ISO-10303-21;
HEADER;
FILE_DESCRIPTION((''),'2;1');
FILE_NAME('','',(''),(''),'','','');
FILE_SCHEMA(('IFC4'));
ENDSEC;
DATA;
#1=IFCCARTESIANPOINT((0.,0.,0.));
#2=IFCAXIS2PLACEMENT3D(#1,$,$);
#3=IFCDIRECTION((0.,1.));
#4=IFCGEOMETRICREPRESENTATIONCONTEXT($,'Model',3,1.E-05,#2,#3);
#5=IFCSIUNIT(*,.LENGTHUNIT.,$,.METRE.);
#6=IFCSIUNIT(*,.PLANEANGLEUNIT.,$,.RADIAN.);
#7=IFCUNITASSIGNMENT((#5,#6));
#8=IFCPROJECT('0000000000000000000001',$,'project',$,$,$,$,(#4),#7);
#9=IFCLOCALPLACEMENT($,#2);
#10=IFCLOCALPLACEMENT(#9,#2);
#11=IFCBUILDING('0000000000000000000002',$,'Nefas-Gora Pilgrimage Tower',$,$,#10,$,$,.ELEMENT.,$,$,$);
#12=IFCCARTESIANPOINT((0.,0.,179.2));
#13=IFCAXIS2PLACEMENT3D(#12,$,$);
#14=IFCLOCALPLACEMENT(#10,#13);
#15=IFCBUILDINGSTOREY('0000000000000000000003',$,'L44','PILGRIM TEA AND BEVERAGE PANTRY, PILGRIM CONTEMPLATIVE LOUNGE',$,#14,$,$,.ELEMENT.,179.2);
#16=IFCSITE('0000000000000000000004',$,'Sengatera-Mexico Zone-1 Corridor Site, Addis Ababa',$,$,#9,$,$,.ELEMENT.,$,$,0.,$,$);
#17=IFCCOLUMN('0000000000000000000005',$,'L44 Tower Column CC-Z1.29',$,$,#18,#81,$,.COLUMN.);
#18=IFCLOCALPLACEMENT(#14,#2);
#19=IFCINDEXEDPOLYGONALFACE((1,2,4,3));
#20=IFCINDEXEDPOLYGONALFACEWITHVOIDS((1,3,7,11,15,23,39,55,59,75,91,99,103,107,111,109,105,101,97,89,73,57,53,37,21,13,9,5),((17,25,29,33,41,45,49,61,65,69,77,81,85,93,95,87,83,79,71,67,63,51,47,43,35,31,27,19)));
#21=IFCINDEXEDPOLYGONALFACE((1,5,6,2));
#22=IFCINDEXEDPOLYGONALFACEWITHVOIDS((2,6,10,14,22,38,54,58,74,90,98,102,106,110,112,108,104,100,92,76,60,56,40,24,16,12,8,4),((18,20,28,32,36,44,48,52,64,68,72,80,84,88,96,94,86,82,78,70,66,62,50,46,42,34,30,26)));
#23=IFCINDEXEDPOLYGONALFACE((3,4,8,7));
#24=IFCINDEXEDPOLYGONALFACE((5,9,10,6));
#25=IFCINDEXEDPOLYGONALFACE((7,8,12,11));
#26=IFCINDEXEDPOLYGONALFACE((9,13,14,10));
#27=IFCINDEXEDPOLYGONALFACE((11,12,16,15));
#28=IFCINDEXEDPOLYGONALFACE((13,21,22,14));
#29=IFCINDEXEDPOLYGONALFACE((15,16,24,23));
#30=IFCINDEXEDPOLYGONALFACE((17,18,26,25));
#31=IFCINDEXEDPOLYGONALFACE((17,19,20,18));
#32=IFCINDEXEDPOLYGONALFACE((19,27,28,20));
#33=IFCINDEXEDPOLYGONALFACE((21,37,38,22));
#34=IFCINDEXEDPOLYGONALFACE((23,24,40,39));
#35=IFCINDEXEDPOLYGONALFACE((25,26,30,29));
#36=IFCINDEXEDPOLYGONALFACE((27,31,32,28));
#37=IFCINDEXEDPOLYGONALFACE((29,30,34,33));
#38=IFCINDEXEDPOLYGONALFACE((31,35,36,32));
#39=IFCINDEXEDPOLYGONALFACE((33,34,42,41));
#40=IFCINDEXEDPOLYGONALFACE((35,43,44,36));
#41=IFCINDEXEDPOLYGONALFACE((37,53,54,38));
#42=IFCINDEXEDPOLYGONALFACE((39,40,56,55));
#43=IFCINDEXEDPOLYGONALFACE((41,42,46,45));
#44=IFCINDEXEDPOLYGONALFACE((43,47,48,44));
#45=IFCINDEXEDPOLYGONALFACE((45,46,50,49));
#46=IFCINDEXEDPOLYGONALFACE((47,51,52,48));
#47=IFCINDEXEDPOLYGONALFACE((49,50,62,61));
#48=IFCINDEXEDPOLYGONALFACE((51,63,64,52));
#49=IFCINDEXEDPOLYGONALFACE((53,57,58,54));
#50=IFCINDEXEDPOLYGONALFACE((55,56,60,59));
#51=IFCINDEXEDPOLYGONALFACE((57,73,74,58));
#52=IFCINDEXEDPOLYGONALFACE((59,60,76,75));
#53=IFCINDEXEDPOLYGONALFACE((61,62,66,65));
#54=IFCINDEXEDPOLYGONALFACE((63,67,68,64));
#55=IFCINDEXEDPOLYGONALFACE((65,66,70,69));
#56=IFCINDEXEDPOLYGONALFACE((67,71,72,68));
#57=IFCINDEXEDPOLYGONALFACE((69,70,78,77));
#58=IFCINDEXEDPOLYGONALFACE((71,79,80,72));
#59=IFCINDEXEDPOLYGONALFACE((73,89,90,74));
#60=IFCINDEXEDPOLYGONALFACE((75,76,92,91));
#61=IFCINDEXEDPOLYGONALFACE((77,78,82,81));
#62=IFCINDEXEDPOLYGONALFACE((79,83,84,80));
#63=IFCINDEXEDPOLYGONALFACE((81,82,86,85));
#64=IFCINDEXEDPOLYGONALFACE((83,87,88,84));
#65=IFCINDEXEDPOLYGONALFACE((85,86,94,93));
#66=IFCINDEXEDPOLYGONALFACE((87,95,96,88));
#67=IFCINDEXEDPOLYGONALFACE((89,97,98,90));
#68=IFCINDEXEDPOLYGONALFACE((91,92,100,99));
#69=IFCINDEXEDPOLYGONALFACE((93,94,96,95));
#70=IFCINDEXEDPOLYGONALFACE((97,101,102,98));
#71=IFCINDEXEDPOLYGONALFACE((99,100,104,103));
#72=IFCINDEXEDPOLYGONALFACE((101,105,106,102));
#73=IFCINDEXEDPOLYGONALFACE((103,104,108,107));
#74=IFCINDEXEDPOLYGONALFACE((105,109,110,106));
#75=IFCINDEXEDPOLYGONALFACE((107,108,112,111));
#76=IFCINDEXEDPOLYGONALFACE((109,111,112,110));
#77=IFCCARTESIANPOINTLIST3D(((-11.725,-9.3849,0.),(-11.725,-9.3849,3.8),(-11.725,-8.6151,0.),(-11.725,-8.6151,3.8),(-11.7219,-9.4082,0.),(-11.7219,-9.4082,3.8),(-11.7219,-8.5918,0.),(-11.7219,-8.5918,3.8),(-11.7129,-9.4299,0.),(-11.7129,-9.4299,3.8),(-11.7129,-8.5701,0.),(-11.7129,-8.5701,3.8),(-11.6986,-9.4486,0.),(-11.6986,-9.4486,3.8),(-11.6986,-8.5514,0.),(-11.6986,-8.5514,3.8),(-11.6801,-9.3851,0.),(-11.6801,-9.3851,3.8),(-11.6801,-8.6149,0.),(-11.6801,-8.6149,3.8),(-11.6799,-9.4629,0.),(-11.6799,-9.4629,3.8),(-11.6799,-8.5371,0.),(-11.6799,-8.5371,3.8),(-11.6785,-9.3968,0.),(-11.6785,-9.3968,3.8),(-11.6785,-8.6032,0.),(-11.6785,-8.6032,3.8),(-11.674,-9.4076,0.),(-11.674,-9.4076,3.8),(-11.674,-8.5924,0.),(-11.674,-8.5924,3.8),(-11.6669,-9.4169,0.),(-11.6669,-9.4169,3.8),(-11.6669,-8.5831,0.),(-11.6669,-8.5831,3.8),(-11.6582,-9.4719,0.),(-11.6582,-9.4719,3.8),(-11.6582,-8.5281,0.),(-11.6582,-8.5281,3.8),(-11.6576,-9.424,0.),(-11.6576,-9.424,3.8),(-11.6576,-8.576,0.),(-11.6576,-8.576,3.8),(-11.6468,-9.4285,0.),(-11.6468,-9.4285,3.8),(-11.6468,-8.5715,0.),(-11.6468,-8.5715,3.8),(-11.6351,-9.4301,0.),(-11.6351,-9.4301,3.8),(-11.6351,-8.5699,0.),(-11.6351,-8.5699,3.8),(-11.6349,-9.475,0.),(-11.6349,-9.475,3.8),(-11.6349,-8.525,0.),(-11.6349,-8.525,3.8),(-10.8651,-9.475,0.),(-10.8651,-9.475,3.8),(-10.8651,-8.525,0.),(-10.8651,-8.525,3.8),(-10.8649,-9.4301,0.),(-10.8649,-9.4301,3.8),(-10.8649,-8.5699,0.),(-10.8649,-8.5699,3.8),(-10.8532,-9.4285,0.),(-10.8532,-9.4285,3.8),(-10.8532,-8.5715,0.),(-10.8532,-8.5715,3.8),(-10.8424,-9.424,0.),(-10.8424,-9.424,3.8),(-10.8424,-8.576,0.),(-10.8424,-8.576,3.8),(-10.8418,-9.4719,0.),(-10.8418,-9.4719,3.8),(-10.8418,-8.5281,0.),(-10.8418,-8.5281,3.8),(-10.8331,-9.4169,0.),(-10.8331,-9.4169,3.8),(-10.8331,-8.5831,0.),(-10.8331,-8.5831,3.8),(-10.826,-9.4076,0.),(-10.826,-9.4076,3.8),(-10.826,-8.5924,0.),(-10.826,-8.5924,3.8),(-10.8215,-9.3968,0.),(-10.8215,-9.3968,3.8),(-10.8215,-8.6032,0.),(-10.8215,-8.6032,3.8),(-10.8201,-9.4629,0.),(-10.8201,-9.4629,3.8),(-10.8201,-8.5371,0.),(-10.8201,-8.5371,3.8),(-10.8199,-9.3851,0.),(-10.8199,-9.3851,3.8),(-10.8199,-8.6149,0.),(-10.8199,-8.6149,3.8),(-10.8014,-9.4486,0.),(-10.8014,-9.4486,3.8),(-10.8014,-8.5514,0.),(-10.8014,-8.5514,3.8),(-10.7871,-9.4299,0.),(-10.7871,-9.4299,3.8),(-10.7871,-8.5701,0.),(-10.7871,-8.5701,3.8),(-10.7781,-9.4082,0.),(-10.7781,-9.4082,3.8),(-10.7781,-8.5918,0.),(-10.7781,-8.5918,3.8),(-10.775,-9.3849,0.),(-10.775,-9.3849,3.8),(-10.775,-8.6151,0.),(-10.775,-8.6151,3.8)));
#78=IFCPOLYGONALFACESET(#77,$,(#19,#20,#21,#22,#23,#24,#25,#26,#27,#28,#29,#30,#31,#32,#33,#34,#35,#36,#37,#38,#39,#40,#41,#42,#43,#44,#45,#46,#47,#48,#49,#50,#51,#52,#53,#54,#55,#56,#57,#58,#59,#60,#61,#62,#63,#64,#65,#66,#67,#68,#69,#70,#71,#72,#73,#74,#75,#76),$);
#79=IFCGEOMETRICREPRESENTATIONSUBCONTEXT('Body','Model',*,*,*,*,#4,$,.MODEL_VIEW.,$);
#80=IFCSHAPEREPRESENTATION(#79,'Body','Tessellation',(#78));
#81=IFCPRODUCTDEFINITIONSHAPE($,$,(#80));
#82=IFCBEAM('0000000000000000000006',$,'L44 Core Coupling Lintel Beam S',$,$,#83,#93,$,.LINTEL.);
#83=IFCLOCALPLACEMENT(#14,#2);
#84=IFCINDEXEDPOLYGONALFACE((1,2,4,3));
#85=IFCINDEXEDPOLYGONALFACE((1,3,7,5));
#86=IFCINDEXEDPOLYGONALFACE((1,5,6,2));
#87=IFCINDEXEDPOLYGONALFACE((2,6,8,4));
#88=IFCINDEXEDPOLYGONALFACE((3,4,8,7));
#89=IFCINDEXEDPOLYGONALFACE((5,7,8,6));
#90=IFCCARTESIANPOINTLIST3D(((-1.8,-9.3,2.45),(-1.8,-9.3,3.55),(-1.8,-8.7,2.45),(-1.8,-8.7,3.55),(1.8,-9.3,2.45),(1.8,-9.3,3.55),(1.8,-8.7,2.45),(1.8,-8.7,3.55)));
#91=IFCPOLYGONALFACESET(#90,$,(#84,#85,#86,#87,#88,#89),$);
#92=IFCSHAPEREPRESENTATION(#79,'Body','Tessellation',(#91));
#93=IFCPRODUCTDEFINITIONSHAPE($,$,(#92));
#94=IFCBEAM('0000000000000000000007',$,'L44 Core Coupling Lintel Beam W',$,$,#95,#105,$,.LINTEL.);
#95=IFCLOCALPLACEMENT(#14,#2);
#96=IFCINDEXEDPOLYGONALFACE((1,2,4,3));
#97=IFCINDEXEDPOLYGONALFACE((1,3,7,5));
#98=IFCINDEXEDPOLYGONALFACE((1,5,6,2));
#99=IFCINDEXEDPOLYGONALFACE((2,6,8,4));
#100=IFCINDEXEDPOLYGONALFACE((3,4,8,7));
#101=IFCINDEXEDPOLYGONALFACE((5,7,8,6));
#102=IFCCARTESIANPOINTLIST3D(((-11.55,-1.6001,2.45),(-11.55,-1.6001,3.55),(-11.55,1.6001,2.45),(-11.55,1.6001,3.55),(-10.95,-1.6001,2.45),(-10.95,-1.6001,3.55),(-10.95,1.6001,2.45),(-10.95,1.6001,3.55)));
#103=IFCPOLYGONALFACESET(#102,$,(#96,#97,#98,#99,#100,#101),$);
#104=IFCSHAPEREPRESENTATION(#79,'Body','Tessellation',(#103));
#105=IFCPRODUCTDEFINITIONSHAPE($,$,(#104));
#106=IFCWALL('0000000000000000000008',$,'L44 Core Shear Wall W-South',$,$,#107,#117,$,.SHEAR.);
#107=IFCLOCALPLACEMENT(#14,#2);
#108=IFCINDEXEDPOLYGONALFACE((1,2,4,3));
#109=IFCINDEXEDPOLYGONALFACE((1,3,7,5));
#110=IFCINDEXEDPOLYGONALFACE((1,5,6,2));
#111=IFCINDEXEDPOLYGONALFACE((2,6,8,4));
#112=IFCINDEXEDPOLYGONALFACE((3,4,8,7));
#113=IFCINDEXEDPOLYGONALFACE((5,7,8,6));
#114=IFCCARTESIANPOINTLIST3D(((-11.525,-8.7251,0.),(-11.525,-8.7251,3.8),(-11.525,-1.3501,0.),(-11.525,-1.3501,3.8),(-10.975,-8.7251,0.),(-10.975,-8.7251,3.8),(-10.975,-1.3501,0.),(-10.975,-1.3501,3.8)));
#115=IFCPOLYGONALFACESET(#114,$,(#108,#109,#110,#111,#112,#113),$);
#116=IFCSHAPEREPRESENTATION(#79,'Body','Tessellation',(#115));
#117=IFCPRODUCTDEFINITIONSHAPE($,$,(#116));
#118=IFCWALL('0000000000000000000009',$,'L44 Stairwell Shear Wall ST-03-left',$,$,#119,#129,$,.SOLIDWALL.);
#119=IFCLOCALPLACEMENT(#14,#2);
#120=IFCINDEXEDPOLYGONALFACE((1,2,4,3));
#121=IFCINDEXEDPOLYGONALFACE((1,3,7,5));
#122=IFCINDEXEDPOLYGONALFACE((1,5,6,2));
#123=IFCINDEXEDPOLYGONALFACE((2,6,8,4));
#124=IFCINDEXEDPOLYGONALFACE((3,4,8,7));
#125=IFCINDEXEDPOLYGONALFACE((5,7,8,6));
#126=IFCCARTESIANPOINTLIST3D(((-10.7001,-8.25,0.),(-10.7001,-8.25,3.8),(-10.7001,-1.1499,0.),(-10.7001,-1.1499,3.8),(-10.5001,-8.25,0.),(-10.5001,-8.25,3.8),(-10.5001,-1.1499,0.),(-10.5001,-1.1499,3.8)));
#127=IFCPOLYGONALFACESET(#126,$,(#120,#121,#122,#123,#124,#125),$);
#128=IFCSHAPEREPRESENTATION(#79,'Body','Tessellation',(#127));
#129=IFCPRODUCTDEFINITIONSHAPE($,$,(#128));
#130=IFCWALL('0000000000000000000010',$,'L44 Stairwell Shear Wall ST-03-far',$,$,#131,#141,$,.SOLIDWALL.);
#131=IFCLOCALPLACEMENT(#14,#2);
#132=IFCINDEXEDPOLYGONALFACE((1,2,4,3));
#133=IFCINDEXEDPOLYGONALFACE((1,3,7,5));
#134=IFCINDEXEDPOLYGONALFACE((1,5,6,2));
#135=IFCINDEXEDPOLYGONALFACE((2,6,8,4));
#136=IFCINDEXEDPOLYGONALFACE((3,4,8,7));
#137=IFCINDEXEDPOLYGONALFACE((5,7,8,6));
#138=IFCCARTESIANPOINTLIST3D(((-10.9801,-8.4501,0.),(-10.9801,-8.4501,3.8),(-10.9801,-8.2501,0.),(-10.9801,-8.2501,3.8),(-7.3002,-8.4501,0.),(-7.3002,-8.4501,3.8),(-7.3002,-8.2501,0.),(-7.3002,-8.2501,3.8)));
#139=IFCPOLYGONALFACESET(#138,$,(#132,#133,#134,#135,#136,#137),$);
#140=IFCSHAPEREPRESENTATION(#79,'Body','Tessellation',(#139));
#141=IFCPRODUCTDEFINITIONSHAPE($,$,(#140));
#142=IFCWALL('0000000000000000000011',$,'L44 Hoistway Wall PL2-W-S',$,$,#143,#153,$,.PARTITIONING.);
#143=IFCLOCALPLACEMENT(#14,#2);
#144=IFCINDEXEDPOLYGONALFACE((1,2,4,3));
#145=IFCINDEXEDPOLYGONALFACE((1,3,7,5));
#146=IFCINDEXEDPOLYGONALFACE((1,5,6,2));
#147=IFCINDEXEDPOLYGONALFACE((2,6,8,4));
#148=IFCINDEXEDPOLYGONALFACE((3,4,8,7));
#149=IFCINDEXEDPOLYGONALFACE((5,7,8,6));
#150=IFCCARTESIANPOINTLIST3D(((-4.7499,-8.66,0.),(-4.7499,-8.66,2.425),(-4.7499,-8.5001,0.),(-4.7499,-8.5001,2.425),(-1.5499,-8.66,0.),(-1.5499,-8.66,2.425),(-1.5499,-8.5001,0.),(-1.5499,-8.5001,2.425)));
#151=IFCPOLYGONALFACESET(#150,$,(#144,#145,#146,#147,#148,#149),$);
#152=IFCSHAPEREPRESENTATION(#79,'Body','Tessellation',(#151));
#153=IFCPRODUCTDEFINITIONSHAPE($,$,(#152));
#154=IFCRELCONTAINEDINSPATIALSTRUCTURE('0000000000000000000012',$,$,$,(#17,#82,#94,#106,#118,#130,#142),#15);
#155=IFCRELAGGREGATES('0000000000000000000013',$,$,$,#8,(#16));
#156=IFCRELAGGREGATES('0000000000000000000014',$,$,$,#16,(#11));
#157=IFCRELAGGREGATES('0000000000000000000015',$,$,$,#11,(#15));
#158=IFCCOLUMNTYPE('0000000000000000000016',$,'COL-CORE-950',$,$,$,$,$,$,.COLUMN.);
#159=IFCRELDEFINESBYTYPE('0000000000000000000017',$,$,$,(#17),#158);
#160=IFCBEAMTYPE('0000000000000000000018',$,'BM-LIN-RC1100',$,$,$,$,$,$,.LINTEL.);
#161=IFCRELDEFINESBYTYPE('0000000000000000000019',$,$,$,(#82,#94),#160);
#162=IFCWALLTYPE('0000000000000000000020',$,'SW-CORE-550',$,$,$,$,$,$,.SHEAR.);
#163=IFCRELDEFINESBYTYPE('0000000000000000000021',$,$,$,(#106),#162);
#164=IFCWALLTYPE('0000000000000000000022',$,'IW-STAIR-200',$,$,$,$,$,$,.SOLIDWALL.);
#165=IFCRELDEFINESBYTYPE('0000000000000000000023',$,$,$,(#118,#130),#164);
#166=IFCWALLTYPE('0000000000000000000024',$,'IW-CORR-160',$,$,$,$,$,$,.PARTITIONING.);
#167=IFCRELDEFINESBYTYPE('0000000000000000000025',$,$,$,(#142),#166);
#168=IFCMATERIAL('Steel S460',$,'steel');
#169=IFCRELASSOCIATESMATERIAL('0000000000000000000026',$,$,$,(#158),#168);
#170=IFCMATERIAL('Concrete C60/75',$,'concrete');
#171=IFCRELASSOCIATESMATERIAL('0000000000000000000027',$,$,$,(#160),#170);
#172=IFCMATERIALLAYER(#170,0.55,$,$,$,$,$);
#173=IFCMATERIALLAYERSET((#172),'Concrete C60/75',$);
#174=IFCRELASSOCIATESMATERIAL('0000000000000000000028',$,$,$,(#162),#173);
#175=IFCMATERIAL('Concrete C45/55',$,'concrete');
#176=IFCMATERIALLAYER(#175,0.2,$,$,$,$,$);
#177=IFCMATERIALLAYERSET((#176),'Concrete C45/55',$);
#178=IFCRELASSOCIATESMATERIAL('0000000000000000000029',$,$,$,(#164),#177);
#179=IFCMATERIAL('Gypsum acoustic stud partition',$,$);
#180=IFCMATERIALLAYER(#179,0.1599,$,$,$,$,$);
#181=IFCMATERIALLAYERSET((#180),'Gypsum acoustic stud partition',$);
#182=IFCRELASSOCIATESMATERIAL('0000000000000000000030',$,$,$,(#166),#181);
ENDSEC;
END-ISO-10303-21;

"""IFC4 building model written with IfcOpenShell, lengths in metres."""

from ifc_helpers import new_model, si_unit, direction, frame, frame_2d, origin, origin_2d, place, context, subcontext, project, spatial, rectangle, hollow_rectangle, extrude, source, transform, mapped, material, layer, layer_set, material_profile, profile_set, type_object, element, save


model = new_model("IFC4")

# Units and contexts
model_context = context("Model", 3, precision=1e-05, world=origin(), true_north=direction((0.0, 1.0)))
body_context = subcontext(model_context, "Body", "Model", "MODEL_VIEW")
ifc_project = project(units=[si_unit("LENGTHUNIT", "METRE"), si_unit("PLANEANGLEUNIT", "RADIAN")], contexts=[model_context])

# Site, building, storey
site_placement = place(None, origin())
site = spatial("IfcSite", under=ifc_project, at=site_placement, Name="Sengatera-Mexico Zone-1 Corridor Site, Addis Ababa", CompositionType="ELEMENT", RefElevation=0.0)
building_placement = place(site_placement, origin())
building = spatial("IfcBuilding", under=site, at=building_placement, Name="Nefas-Gora Pilgrimage Tower", CompositionType="ELEMENT")
storey_placement = place(building_placement, frame((0.0, 0.0, 179.2)))
storey = spatial("IfcBuildingStorey", under=building, at=storey_placement, Name="L44", Description="PILGRIM TEA AND BEVERAGE PANTRY, PILGRIM CONTEMPLATIVE LOUNGE", CompositionType="ELEMENT", Elevation=179.2)

# Column
ifc_material_1 = material(Name="Steel S460", Category="steel")
ifc_material_profile_1 = material_profile(ifc_material_1, hollow_rectangle(XDim=0.95, YDim=0.95, WallThickness=0.0449, InnerFilletRadius=0.0449, OuterFilletRadius=0.0901, at=origin_2d()), Name="BOX 950x950x45")
ifc_profile_set_1 = profile_set([ifc_material_profile_1], Name="Steel S460")
column_type = type_object("IfcColumnType", Name="COL-CORE-950", PredefinedType="COLUMN", material=ifc_profile_set_1)
shared_shape_1 = source(origin(), body_context, "Body", "SweptSolid", [
    extrude(hollow_rectangle(XDim=0.95, YDim=0.95, WallThickness=0.0449, InnerFilletRadius=0.0449, OuterFilletRadius=0.0901, at=origin_2d()), origin(), (0.0, 0.0, 1.0), 3.8),
])
column_placement = place(storey_placement, frame((-11.25, -9.0, 0.0), z_axis=(0.0, 0.0, 1.0), x_axis=(1.0, 0.0, 0.0)))
element("IfcColumn", 1, at=column_placement, inside=storey, type_object=column_type, Name="L44 Tower Column CC-Z1.29", PredefinedType="COLUMN", context=body_context, shape_type="MappedRepresentation", body=[
    mapped(shared_shape_1, transform((0.0, 0.0, 0.0), x_axis=(1.0, 0.0, 0.0), y_axis=(0.0, 1.0, 0.0), z_axis=(0.0, 0.0, 1.0), scale=1.0)),
])

# Beams
ifc_material_2 = material(Name="Concrete C60/75", Category="concrete")
ifc_material_profile_2 = material_profile(ifc_material_2, rectangle(XDim=0.6001, YDim=1.1001, at=origin_2d()), Name="RC 600x1100")
ifc_profile_set_2 = profile_set([ifc_material_profile_2], Name="Concrete C60/75")
beam_type = type_object("IfcBeamType", Name="BM-LIN-RC1100", PredefinedType="LINTEL", material=ifc_profile_set_2)
shared_shape_2 = source(origin(), body_context, "Body", "SweptSolid", [
    extrude(rectangle(XDim=0.6001, YDim=1.1001, at=origin_2d()), origin(), (0.0, 0.0, 1.0), 3.6001),
])
beam_1_placement = place(storey_placement, frame((-1.8, -9.0, 3.0), z_axis=(1.0, 0.0, 0.0), x_axis=(0.0, 1.0, 0.0)))
element("IfcBeam", 2, at=beam_1_placement, inside=storey, type_object=beam_type, Name="L44 Core Coupling Lintel Beam S", PredefinedType="LINTEL", context=body_context, shape_type="MappedRepresentation", body=[
    mapped(shared_shape_2, transform((0.0, 0.0, 0.0), x_axis=(1.0, 0.0, 0.0), y_axis=(0.0, 1.0, 0.0), z_axis=(0.0, 0.0, 1.0), scale=1.0)),
])
shared_shape_3 = source(origin(), body_context, "Body", "SweptSolid", [
    extrude(rectangle(XDim=0.6001, YDim=1.1001, at=origin_2d()), origin(), (0.0, 0.0, 1.0), 3.2002),
])
beam_2_placement = place(storey_placement, frame((-11.25, -1.6001, 3.0), z_axis=(0.0, 1.0, 0.0), x_axis=(-1.0, 0.0, 0.0)))
element("IfcBeam", 3, at=beam_2_placement, inside=storey, type_object=beam_type, Name="L44 Core Coupling Lintel Beam W", PredefinedType="LINTEL", context=body_context, shape_type="MappedRepresentation", body=[
    mapped(shared_shape_3, transform((0.0, 0.0, 0.0), x_axis=(1.0, 0.0, 0.0), y_axis=(0.0, 1.0, 0.0), z_axis=(0.0, 0.0, 1.0), scale=1.0)),
])

# Walls
ifc_layer_1 = layer(ifc_material_2, 0.55)
ifc_layer_set_1 = layer_set([ifc_layer_1], Name="Concrete C60/75")
wall_type_1 = type_object("IfcWallType", Name="SW-CORE-550", PredefinedType="SHEAR", material=ifc_layer_set_1)
shared_shape_4 = source(origin(), body_context, "Body", "SweptSolid", [
    extrude(rectangle(XDim=7.375, YDim=0.55, at=frame_2d((3.6875, 0.0))), origin(), (0.0, 0.0, 1.0), 3.8),
])
wall_1_placement = place(storey_placement, frame((-11.25, -8.7251, 0.0), z_axis=(0.0, 0.0, 1.0), x_axis=(0.0, 1.0, 0.0)))
element("IfcWall", 4, at=wall_1_placement, inside=storey, type_object=wall_type_1, Name="L44 Core Shear Wall W-South", PredefinedType="SHEAR", context=body_context, shape_type="MappedRepresentation", body=[
    mapped(shared_shape_4, transform((0.0, 0.0, 0.0), x_axis=(1.0, 0.0, 0.0), y_axis=(0.0, 1.0, 0.0), z_axis=(0.0, 0.0, 1.0), scale=1.0)),
])
ifc_material_3 = material(Name="Concrete C45/55", Category="concrete")
ifc_layer_2 = layer(ifc_material_3, 0.2)
ifc_layer_set_2 = layer_set([ifc_layer_2], Name="Concrete C45/55")
wall_type_2 = type_object("IfcWallType", Name="IW-STAIR-200", PredefinedType="SOLIDWALL", material=ifc_layer_set_2)
shared_shape_5 = source(origin(), body_context, "Body", "SweptSolid", [
    extrude(rectangle(XDim=7.1001, YDim=0.2, at=frame_2d((3.55, 0.0))), origin(), (0.0, 0.0, 1.0), 3.8),
])
wall_2_placement = place(storey_placement, frame((-10.6001, -1.1499, 0.0), z_axis=(0.0, 0.0, 1.0), x_axis=(0.0, -1.0, 0.0)))
element("IfcWall", 5, at=wall_2_placement, inside=storey, type_object=wall_type_2, Name="L44 Stairwell Shear Wall ST-03-left", PredefinedType="SOLIDWALL", context=body_context, shape_type="MappedRepresentation", body=[
    mapped(shared_shape_5, transform((0.0, 0.0, 0.0), x_axis=(1.0, 0.0, 0.0), y_axis=(0.0, 1.0, 0.0), z_axis=(0.0, 0.0, 1.0), scale=1.0)),
])
shared_shape_6 = source(origin(), body_context, "Body", "SweptSolid", [
    extrude(rectangle(XDim=3.6799, YDim=0.2, at=frame_2d((1.8398, 0.0))), origin(), (0.0, 0.0, 1.0), 3.8),
])
wall_3_placement = place(storey_placement, frame((-10.98, -8.3501, 0.0), z_axis=(0.0, 0.0, 1.0), x_axis=(1.0, 0.0, 0.0)))
element("IfcWall", 6, at=wall_3_placement, inside=storey, type_object=wall_type_2, Name="L44 Stairwell Shear Wall ST-03-far", PredefinedType="SOLIDWALL", context=body_context, shape_type="MappedRepresentation", body=[
    mapped(shared_shape_6, transform((0.0, 0.0, 0.0), x_axis=(1.0, 0.0, 0.0), y_axis=(0.0, 1.0, 0.0), z_axis=(0.0, 0.0, 1.0), scale=1.0)),
])
ifc_material_4 = material(Name="Gypsum acoustic stud partition")
ifc_layer_3 = layer(ifc_material_4, 0.1599)
ifc_layer_set_3 = layer_set([ifc_layer_3], Name="Gypsum acoustic stud partition")
wall_type_3 = type_object("IfcWallType", Name="IW-CORR-160", PredefinedType="PARTITIONING", material=ifc_layer_set_3)
shared_shape_7 = source(origin(), body_context, "Body", "SweptSolid", [
    extrude(rectangle(XDim=3.2, YDim=0.1599, at=frame_2d((1.6001, 0.0))), origin(), (0.0, 0.0, 1.0), 2.425),
])
wall_4_placement = place(storey_placement, frame((-4.75, -8.5801, 0.0), z_axis=(0.0, 0.0, 1.0), x_axis=(1.0, 0.0, 0.0)))
element("IfcWall", 7, at=wall_4_placement, inside=storey, type_object=wall_type_3, Name="L44 Hoistway Wall PL2-W-S", PredefinedType="PARTITIONING", context=body_context, shape_type="MappedRepresentation", body=[
    mapped(shared_shape_7, transform((0.0, 0.0, 0.0), x_axis=(1.0, 0.0, 0.0), y_axis=(0.0, 1.0, 0.0), z_axis=(0.0, 0.0, 1.0), scale=1.0)),
])

save(model, "model.ifc")
